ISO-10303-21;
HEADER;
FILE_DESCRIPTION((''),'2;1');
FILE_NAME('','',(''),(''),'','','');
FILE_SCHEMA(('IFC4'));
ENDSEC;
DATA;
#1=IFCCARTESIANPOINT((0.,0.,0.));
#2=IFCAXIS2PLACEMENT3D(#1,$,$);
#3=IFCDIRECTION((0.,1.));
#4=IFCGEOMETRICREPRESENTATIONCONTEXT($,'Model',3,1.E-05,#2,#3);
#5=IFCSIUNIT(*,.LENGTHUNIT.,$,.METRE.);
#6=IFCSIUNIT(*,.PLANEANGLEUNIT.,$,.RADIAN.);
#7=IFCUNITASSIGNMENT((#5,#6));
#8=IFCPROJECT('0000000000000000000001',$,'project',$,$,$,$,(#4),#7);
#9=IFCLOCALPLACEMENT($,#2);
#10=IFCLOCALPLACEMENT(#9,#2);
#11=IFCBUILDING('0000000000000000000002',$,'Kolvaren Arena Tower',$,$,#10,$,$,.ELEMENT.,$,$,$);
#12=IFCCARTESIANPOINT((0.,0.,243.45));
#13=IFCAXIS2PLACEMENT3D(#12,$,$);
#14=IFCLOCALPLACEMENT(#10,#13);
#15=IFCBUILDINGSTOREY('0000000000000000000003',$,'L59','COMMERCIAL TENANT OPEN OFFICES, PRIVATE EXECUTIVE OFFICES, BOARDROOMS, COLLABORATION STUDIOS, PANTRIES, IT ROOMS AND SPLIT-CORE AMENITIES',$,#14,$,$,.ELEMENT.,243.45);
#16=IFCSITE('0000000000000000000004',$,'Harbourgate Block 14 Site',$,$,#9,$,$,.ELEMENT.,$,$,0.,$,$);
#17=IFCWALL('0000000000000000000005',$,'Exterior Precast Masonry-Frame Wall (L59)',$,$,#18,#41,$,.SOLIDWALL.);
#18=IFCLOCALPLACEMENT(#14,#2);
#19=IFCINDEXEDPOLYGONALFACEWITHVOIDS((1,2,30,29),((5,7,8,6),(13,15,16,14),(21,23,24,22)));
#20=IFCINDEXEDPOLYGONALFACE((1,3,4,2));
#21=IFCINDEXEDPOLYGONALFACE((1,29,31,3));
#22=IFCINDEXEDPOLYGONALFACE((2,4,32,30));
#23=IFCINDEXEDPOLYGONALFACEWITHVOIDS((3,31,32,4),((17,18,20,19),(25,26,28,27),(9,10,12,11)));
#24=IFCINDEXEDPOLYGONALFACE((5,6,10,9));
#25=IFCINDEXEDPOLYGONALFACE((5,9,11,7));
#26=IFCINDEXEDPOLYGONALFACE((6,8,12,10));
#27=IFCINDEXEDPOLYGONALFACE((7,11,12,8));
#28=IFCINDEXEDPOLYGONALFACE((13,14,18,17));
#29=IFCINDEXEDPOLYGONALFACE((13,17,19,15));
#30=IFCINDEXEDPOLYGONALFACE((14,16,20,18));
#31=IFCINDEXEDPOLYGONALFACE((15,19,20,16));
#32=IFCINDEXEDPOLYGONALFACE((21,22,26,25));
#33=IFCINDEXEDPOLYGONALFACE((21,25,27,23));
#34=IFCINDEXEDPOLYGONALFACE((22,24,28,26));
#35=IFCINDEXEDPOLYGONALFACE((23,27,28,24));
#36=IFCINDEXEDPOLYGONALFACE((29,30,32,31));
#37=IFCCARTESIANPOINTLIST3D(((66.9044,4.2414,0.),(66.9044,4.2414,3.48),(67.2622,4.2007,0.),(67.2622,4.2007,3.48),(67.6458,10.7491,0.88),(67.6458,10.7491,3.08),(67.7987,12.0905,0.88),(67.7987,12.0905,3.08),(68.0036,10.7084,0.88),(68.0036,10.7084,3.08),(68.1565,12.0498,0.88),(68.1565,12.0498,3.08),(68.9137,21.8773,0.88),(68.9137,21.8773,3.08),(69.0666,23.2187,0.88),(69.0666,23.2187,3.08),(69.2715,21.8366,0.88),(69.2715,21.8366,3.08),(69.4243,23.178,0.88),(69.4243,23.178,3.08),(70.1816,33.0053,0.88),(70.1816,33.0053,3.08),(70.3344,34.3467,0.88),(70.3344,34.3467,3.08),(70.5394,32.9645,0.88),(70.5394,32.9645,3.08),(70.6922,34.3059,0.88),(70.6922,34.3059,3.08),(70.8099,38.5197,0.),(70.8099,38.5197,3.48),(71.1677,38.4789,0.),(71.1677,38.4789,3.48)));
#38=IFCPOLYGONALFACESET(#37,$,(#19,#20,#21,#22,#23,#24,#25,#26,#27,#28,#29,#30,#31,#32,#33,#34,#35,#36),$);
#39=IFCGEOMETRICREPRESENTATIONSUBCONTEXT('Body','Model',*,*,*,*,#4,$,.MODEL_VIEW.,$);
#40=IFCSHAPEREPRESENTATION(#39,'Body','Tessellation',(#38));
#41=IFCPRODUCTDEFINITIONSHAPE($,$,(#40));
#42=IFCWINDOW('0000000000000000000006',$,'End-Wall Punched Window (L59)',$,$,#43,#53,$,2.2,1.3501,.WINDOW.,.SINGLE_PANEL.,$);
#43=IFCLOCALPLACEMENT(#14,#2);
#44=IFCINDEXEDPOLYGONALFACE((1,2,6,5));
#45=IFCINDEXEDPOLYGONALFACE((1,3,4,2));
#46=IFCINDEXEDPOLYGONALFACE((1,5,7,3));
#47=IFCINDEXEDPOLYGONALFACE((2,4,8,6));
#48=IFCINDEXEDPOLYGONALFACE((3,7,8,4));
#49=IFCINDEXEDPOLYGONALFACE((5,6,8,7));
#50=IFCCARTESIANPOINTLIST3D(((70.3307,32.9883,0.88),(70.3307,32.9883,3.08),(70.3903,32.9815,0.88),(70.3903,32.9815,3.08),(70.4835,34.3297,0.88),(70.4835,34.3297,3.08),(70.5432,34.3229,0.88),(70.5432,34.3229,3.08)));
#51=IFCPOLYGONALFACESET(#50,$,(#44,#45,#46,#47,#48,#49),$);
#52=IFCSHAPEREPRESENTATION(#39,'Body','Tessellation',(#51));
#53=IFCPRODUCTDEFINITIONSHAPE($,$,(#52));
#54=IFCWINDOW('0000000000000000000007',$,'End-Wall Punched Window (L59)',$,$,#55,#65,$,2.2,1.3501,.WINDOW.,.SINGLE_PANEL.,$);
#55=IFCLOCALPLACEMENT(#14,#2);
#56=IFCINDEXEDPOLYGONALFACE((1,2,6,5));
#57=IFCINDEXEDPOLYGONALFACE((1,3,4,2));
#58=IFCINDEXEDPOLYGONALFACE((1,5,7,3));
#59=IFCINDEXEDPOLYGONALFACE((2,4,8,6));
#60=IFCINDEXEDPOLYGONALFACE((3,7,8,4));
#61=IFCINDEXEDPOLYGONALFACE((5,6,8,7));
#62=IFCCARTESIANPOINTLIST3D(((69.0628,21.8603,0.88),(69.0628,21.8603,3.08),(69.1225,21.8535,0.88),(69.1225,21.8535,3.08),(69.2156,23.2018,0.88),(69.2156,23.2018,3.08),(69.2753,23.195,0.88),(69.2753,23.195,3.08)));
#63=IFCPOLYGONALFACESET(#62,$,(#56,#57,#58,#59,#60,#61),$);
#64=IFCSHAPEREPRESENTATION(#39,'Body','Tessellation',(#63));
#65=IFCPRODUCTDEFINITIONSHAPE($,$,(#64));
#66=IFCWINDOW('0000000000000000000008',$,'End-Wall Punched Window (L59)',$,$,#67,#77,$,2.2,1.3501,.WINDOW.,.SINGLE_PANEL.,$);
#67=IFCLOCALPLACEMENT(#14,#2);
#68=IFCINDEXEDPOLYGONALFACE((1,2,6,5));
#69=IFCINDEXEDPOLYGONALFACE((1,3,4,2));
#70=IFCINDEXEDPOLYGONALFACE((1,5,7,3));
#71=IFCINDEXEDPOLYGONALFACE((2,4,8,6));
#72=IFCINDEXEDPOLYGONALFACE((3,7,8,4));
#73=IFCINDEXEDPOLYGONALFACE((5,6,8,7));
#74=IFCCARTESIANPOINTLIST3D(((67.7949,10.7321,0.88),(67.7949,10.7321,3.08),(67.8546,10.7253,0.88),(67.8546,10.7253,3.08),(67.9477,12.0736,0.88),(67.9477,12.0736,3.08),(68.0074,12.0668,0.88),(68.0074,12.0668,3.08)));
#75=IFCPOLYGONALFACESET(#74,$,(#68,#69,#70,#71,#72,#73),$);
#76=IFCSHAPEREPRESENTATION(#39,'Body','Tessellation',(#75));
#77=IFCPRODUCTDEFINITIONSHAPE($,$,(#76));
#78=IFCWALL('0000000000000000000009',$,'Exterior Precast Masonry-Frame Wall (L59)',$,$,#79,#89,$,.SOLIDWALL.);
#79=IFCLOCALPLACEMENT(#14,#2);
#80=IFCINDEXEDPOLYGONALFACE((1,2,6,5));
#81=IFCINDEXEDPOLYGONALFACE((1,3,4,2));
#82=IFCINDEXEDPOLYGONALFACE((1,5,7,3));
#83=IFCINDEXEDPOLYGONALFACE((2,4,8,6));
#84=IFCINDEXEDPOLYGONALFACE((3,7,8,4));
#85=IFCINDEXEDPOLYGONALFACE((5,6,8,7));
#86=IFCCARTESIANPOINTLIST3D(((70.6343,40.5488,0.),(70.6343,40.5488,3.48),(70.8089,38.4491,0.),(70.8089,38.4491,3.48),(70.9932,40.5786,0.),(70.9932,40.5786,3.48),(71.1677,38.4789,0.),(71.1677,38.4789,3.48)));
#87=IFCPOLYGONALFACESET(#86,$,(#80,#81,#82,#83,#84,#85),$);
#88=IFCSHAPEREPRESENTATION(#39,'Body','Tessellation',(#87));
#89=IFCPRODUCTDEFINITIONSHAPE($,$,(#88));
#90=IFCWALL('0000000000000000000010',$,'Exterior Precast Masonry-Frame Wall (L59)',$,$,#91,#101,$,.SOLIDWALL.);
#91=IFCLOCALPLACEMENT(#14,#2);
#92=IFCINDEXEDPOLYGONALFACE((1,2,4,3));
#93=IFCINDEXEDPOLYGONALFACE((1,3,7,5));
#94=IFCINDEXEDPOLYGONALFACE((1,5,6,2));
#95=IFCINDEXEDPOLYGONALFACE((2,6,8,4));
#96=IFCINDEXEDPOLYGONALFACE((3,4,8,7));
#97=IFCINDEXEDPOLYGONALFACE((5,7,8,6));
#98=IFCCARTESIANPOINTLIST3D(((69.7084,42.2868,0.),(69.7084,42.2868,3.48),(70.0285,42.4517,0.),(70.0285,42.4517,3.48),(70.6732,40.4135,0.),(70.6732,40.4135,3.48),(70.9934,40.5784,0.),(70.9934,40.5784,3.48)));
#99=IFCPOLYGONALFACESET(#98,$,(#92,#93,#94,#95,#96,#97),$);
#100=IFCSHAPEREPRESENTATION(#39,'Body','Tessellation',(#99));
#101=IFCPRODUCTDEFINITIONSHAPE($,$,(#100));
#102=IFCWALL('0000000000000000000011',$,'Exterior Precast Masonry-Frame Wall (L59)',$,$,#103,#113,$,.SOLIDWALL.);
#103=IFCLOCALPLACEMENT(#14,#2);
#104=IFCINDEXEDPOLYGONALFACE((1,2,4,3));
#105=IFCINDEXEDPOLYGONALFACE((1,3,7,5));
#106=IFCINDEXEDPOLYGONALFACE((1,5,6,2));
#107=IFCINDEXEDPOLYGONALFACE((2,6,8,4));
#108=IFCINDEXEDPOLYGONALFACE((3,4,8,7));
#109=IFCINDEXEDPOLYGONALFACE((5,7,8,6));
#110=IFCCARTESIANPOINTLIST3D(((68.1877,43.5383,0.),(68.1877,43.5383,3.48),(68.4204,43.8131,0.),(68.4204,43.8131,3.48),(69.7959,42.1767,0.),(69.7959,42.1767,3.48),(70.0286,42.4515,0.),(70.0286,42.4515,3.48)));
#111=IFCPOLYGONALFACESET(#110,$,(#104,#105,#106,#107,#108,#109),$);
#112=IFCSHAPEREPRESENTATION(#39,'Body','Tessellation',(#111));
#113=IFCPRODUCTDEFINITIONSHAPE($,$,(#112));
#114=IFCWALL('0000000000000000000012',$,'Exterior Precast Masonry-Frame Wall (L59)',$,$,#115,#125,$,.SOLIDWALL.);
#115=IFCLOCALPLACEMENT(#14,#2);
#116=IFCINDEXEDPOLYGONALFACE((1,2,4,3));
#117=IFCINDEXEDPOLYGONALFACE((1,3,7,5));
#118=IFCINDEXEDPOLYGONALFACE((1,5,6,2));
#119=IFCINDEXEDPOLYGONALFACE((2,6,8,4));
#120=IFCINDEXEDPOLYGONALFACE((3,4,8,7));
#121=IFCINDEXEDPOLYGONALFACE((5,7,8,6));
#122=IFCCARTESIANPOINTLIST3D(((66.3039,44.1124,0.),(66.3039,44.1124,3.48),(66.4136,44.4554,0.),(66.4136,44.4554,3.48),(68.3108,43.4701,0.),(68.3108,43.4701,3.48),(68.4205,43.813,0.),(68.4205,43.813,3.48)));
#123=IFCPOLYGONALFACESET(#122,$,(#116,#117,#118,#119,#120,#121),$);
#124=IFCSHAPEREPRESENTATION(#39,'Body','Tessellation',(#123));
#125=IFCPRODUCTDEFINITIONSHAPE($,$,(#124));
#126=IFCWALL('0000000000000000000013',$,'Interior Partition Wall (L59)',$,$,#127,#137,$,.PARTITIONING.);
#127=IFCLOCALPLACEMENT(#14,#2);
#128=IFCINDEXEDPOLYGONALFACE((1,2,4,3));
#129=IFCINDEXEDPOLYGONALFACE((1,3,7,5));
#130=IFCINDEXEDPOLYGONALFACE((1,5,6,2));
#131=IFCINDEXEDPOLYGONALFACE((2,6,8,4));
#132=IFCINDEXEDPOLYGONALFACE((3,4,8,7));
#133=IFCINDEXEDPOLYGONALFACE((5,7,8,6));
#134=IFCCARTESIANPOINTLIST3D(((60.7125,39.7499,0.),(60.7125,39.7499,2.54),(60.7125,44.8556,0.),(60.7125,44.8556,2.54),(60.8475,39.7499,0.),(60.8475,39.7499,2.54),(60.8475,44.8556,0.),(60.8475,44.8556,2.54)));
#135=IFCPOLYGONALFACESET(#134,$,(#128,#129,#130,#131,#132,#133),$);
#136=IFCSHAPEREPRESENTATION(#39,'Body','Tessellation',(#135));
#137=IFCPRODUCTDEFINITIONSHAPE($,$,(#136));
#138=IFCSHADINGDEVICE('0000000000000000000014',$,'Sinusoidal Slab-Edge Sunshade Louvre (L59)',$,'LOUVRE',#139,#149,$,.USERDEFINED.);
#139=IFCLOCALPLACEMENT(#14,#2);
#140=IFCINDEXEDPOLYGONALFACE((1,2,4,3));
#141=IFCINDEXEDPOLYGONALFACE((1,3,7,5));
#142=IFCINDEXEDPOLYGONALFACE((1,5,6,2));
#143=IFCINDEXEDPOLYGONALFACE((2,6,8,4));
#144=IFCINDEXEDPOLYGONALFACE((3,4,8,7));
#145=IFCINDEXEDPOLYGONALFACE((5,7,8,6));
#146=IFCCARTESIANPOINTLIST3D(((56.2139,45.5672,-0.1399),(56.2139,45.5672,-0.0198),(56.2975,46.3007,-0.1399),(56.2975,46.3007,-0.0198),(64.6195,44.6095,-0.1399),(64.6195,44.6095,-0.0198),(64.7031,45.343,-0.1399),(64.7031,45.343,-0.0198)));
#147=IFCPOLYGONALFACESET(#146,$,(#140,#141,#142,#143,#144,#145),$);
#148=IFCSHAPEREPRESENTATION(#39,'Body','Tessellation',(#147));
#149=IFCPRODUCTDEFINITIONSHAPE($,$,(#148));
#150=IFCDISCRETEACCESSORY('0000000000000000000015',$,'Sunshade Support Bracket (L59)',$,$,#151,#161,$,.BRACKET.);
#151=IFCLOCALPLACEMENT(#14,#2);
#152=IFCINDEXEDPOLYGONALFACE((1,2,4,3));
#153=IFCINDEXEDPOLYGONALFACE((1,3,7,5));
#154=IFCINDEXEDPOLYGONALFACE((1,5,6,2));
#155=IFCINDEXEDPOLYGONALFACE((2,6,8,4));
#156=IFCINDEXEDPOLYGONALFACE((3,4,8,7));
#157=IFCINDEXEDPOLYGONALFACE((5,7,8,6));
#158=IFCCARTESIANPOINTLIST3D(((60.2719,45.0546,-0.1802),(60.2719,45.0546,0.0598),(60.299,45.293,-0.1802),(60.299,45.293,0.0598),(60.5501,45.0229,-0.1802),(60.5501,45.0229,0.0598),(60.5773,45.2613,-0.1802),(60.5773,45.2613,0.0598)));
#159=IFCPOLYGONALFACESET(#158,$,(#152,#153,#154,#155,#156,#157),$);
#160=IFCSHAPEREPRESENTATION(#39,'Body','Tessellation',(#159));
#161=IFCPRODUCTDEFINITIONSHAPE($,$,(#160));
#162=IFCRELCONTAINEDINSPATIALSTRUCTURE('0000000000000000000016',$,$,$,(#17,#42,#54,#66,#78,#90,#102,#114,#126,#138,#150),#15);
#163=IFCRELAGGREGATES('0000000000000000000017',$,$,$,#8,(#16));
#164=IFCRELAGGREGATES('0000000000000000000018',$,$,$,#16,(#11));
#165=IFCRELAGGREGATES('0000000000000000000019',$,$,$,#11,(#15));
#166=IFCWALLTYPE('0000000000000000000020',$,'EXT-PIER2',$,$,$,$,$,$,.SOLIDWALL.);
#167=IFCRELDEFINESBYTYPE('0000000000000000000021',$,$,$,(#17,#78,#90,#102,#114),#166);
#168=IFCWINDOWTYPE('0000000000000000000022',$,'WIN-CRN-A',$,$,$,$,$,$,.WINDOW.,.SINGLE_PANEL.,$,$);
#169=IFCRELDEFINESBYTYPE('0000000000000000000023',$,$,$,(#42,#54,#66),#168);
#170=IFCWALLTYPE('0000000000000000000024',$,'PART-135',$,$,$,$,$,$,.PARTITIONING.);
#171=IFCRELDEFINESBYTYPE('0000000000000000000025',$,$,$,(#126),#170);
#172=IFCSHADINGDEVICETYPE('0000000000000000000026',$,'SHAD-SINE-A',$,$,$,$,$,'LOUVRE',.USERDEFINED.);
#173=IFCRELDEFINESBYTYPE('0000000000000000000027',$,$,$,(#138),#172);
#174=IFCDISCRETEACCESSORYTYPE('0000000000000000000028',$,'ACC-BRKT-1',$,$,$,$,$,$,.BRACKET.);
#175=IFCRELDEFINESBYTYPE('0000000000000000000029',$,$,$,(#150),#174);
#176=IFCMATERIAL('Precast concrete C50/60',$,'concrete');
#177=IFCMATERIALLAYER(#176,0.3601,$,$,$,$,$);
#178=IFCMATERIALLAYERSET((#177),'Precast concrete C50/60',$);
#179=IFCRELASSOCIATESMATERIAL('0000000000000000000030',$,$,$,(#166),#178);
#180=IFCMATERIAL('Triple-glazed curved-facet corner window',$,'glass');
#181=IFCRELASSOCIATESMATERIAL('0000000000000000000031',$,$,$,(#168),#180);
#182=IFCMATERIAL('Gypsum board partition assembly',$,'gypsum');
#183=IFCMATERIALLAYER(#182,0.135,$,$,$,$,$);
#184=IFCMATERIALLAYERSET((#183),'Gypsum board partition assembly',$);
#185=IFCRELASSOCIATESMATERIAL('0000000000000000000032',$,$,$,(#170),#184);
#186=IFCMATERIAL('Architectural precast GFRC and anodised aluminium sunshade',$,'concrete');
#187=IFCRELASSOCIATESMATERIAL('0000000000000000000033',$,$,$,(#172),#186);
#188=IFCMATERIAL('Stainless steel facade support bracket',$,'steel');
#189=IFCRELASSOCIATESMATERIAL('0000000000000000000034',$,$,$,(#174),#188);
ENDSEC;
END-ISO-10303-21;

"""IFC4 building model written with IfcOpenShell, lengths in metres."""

from ifc_helpers import new_model, si_unit, direction, frame, frame_2d, origin, origin_2d, place, context, subcontext, project, spatial, rectangle, extrude, material, layer, layer_set, type_object, element, fill, save


model = new_model("IFC4")

# Units and contexts
model_context = context("Model", 3, precision=1e-05, world=origin(), true_north=direction((0.0, 1.0)))
body_context = subcontext(model_context, "Body", "Model", "MODEL_VIEW")
ifc_project = project(units=[si_unit("LENGTHUNIT", "METRE"), si_unit("PLANEANGLEUNIT", "RADIAN")], contexts=[model_context])

# Site, building, storey
site_placement = place(None, origin())
site = spatial("IfcSite", under=ifc_project, at=site_placement, Name="Harbourgate Block 14 Site", CompositionType="ELEMENT", RefElevation=0.0)
building_placement = place(site_placement, origin())
building = spatial("IfcBuilding", under=site, at=building_placement, Name="Kolvaren Arena Tower", CompositionType="ELEMENT")
storey_placement = place(building_placement, frame((0.0, 0.0, 243.45)))
storey = spatial("IfcBuildingStorey", under=building, at=storey_placement, Name="L59", Description="COMMERCIAL TENANT OPEN OFFICES, PRIVATE EXECUTIVE OFFICES, BOARDROOMS, COLLABORATION STUDIOS, PANTRIES, IT ROOMS AND SPLIT-CORE AMENITIES", CompositionType="ELEMENT", Elevation=243.45)

# Wall, openings, windows
ifc_material_1 = material(Name="Precast concrete C50/60", Category="concrete")
ifc_layer_1 = layer(ifc_material_1, 0.3601)
ifc_layer_set_1 = layer_set([ifc_layer_1], Name="Precast concrete C50/60")
wall_type_1 = type_object("IfcWallType", Name="EXT-PIER2", PredefinedType="SOLIDWALL", material=ifc_layer_set_1)
wall_1_placement = place(storey_placement, frame((70.9888, 38.4993, 0.0), z_axis=(0.0, 0.0, 1.0), x_axis=(-0.113203, -0.993572, 0.0)))
wall_1 = element("IfcWall", 1, at=wall_1_placement, inside=storey, type_object=wall_type_1, Name="Exterior Precast Masonry-Frame Wall (L59)", PredefinedType="SOLIDWALL", context=body_context, shape_type="SweptSolid", body=[
    extrude(rectangle(XDim=34.5, YDim=0.3601, at=frame_2d((17.25, 0.0))), origin(), (0.0, 0.0, 1.0), 3.48),
])
opening_1_placement = place(wall_1_placement, frame((4.2, 0.0, 0.8799)))
opening_1 = element("IfcOpeningElement", 2, at=opening_1_placement, cuts=wall_1, PredefinedType="OPENING", context=body_context, shape_type="SweptSolid", body=[
    extrude(rectangle(XDim=1.3501, YDim=2.2, at=frame_2d((0.675, 1.1001))), frame((0.0, 0.1899, 0.0), z_axis=(0.0, -1.0, 0.0), x_axis=(1.0, 0.0, 0.0)), (0.0, 0.0, 1.0), 0.3801),
])
opening_2_placement = place(wall_1_placement, frame((15.3999, 0.0, 0.8799)))
opening_2 = element("IfcOpeningElement", 3, at=opening_2_placement, cuts=wall_1, PredefinedType="OPENING", context=body_context, shape_type="SweptSolid", body=[
    extrude(rectangle(XDim=1.3501, YDim=2.2, at=frame_2d((0.675, 1.1001))), frame((0.0, 0.1899, 0.0), z_axis=(0.0, -1.0, 0.0), x_axis=(1.0, 0.0, 0.0)), (0.0, 0.0, 1.0), 0.3801),
])
opening_3_placement = place(wall_1_placement, frame((26.6001, 0.0, 0.8799)))
opening_3 = element("IfcOpeningElement", 4, at=opening_3_placement, cuts=wall_1, PredefinedType="OPENING", context=body_context, shape_type="SweptSolid", body=[
    extrude(rectangle(XDim=1.3501, YDim=2.2, at=frame_2d((0.675, 1.1001))), frame((0.0, 0.1899, 0.0), z_axis=(0.0, -1.0, 0.0), x_axis=(1.0, 0.0, 0.0)), (0.0, 0.0, 1.0), 0.3801),
])
ifc_material_2 = material(Name="Triple-glazed curved-facet corner window", Category="glass")
window_type = type_object("IfcWindowType", Name="WIN-CRN-A", PartitioningType="SINGLE_PANEL", PredefinedType="WINDOW", material=ifc_material_2)
window_1_placement = place(opening_1_placement, origin())
window_1 = element("IfcWindow", 5, at=window_1_placement, inside=storey, type_object=window_type, Name="End-Wall Punched Window (L59)", OverallHeight=2.2, OverallWidth=1.3501, PartitioningType="SINGLE_PANEL", PredefinedType="WINDOW", context=body_context, shape_type="SweptSolid", body=[
    extrude(rectangle(XDim=1.3501, YDim=2.2, at=frame_2d((0.675, 1.1001))), frame((0.0, 0.03, 0.0), z_axis=(0.0, -1.0, 0.0), x_axis=(1.0, 0.0, 0.0)), (0.0, 0.0, 1.0), 0.0601),
])
fill(opening_1, window_1)
window_2_placement = place(opening_2_placement, origin())
window_2 = element("IfcWindow", 6, at=window_2_placement, inside=storey, type_object=window_type, Name="End-Wall Punched Window (L59)", OverallHeight=2.2, OverallWidth=1.3501, PartitioningType="SINGLE_PANEL", PredefinedType="WINDOW", context=body_context, shape_type="SweptSolid", body=[
    extrude(rectangle(XDim=1.3501, YDim=2.2, at=frame_2d((0.675, 1.1001))), frame((0.0, 0.03, 0.0), z_axis=(0.0, -1.0, 0.0), x_axis=(1.0, 0.0, 0.0)), (0.0, 0.0, 1.0), 0.0601),
])
fill(opening_2, window_2)
window_3_placement = place(opening_3_placement, origin())
window_3 = element("IfcWindow", 7, at=window_3_placement, inside=storey, type_object=window_type, Name="End-Wall Punched Window (L59)", OverallHeight=2.2, OverallWidth=1.3501, PartitioningType="SINGLE_PANEL", PredefinedType="WINDOW", context=body_context, shape_type="SweptSolid", body=[
    extrude(rectangle(XDim=1.3501, YDim=2.2, at=frame_2d((0.675, 1.1001))), frame((0.0, 0.03, 0.0), z_axis=(0.0, -1.0, 0.0), x_axis=(1.0, 0.0, 0.0)), (0.0, 0.0, 1.0), 0.0601),
])
fill(opening_3, window_3)

# Walls
wall_2_placement = place(storey_placement, frame((70.8137, 40.5637, 0.0), z_axis=(0.0, 0.0, 1.0), x_axis=(0.082854, -0.996562, 0.0)))
element("IfcWall", 8, at=wall_2_placement, inside=storey, type_object=wall_type_1, Name="Exterior Precast Masonry-Frame Wall (L59)", PredefinedType="SOLIDWALL", context=body_context, shape_type="SweptSolid", body=[
    extrude(rectangle(XDim=2.1069, YDim=0.3601, at=frame_2d((1.0535, 0.0))), origin(), (0.0, 0.0, 1.0), 3.48),
])
for number, where, z_axis, x_axis, name in (
    (9, (69.8684, 42.3694, 0.0), (0.0, 0.0, 1.0), (0.457887, -0.88901, 0.0), "Exterior Precast Masonry-Frame Wall (L59)"),
    (10, (68.304, 43.6758, 0.0), (0.0, 0.0, 1.0), (0.763193, -0.646171, 0.0), "Exterior Precast Masonry-Frame Wall (L59)"),
    (11, (66.3586, 44.2839, 0.0), (0.0, 0.0, 1.0), (0.952404, -0.304839, 0.0), "Exterior Precast Masonry-Frame Wall (L59)"),
):
    element("IfcWall", number, at=place(storey_placement, frame(where, z_axis=z_axis, x_axis=x_axis)), inside=storey, type_object=wall_type_1, Name=name, PredefinedType="SOLIDWALL", context=body_context, shape_type="SweptSolid", body=[
        extrude(rectangle(XDim=2.1072, YDim=0.3601, at=frame_2d((1.0537, 0.0))), origin(), (0.0, 0.0, 1.0), 3.48),
    ])
ifc_material_3 = material(Name="Gypsum board partition assembly", Category="gypsum")
ifc_layer_2 = layer(ifc_material_3, 0.135)
ifc_layer_set_2 = layer_set([ifc_layer_2], Name="Gypsum board partition assembly")
wall_type_2 = type_object("IfcWallType", Name="PART-135", PredefinedType="PARTITIONING", material=ifc_layer_set_2)
wall_3_placement = place(storey_placement, frame((60.78, 39.75, 0.0), z_axis=(0.0, 0.0, 1.0), x_axis=(0.0, 1.0, 0.0)))
element("IfcWall", 12, at=wall_3_placement, inside=storey, type_object=wall_type_2, Name="Interior Partition Wall (L59)", PredefinedType="PARTITIONING", context=body_context, shape_type="SweptSolid", body=[
    extrude(rectangle(XDim=5.1057, YDim=0.135, at=frame_2d((2.5527, 0.0))), origin(), (0.0, 0.0, 1.0), 2.54),
])

# Shading device
ifc_material_4 = material(Name="Architectural precast GFRC and anodised aluminium sunshade", Category="concrete")
shading_device_type = type_object("IfcShadingDeviceType", Name="SHAD-SINE-A", ElementType="LOUVRE", PredefinedType="USERDEFINED", material=ifc_material_4)
shading_device_placement = place(storey_placement, frame((60.4585, 45.4551, -0.1399), z_axis=(0.0, 0.0, 1.0), x_axis=(0.993572, -0.113205, 0.0)))
element("IfcShadingDevice", 13, at=shading_device_placement, inside=storey, type_object=shading_device_type, Name="Sinusoidal Slab-Edge Sunshade Louvre (L59)", ObjectType="LOUVRE", PredefinedType="USERDEFINED", context=body_context, shape_type="SweptSolid", body=[
    extrude(rectangle(XDim=8.46, YDim=0.7383, at=origin_2d()), origin(), (0.0, 0.0, 1.0), 0.1201),
])

# Discrete accessory
ifc_material_5 = material(Name="Stainless steel facade support bracket", Category="steel")
discrete_accessory_type = type_object("IfcDiscreteAccessoryType", Name="ACC-BRKT-1", PredefinedType="BRACKET", material=ifc_material_5)
discrete_accessory_placement = place(storey_placement, frame((60.4246, 45.158, -0.1802), z_axis=(0.0, 0.0, 1.0), x_axis=(0.993572, -0.113205, 0.0)))
element("IfcDiscreteAccessory", 14, at=discrete_accessory_placement, inside=storey, type_object=discrete_accessory_type, Name="Sunshade Support Bracket (L59)", PredefinedType="BRACKET", context=body_context, shape_type="SweptSolid", body=[
    extrude(rectangle(XDim=0.28, YDim=0.24, at=origin_2d()), origin(), (0.0, 0.0, 1.0), 0.24),
])

save(model, "model.ifc")
